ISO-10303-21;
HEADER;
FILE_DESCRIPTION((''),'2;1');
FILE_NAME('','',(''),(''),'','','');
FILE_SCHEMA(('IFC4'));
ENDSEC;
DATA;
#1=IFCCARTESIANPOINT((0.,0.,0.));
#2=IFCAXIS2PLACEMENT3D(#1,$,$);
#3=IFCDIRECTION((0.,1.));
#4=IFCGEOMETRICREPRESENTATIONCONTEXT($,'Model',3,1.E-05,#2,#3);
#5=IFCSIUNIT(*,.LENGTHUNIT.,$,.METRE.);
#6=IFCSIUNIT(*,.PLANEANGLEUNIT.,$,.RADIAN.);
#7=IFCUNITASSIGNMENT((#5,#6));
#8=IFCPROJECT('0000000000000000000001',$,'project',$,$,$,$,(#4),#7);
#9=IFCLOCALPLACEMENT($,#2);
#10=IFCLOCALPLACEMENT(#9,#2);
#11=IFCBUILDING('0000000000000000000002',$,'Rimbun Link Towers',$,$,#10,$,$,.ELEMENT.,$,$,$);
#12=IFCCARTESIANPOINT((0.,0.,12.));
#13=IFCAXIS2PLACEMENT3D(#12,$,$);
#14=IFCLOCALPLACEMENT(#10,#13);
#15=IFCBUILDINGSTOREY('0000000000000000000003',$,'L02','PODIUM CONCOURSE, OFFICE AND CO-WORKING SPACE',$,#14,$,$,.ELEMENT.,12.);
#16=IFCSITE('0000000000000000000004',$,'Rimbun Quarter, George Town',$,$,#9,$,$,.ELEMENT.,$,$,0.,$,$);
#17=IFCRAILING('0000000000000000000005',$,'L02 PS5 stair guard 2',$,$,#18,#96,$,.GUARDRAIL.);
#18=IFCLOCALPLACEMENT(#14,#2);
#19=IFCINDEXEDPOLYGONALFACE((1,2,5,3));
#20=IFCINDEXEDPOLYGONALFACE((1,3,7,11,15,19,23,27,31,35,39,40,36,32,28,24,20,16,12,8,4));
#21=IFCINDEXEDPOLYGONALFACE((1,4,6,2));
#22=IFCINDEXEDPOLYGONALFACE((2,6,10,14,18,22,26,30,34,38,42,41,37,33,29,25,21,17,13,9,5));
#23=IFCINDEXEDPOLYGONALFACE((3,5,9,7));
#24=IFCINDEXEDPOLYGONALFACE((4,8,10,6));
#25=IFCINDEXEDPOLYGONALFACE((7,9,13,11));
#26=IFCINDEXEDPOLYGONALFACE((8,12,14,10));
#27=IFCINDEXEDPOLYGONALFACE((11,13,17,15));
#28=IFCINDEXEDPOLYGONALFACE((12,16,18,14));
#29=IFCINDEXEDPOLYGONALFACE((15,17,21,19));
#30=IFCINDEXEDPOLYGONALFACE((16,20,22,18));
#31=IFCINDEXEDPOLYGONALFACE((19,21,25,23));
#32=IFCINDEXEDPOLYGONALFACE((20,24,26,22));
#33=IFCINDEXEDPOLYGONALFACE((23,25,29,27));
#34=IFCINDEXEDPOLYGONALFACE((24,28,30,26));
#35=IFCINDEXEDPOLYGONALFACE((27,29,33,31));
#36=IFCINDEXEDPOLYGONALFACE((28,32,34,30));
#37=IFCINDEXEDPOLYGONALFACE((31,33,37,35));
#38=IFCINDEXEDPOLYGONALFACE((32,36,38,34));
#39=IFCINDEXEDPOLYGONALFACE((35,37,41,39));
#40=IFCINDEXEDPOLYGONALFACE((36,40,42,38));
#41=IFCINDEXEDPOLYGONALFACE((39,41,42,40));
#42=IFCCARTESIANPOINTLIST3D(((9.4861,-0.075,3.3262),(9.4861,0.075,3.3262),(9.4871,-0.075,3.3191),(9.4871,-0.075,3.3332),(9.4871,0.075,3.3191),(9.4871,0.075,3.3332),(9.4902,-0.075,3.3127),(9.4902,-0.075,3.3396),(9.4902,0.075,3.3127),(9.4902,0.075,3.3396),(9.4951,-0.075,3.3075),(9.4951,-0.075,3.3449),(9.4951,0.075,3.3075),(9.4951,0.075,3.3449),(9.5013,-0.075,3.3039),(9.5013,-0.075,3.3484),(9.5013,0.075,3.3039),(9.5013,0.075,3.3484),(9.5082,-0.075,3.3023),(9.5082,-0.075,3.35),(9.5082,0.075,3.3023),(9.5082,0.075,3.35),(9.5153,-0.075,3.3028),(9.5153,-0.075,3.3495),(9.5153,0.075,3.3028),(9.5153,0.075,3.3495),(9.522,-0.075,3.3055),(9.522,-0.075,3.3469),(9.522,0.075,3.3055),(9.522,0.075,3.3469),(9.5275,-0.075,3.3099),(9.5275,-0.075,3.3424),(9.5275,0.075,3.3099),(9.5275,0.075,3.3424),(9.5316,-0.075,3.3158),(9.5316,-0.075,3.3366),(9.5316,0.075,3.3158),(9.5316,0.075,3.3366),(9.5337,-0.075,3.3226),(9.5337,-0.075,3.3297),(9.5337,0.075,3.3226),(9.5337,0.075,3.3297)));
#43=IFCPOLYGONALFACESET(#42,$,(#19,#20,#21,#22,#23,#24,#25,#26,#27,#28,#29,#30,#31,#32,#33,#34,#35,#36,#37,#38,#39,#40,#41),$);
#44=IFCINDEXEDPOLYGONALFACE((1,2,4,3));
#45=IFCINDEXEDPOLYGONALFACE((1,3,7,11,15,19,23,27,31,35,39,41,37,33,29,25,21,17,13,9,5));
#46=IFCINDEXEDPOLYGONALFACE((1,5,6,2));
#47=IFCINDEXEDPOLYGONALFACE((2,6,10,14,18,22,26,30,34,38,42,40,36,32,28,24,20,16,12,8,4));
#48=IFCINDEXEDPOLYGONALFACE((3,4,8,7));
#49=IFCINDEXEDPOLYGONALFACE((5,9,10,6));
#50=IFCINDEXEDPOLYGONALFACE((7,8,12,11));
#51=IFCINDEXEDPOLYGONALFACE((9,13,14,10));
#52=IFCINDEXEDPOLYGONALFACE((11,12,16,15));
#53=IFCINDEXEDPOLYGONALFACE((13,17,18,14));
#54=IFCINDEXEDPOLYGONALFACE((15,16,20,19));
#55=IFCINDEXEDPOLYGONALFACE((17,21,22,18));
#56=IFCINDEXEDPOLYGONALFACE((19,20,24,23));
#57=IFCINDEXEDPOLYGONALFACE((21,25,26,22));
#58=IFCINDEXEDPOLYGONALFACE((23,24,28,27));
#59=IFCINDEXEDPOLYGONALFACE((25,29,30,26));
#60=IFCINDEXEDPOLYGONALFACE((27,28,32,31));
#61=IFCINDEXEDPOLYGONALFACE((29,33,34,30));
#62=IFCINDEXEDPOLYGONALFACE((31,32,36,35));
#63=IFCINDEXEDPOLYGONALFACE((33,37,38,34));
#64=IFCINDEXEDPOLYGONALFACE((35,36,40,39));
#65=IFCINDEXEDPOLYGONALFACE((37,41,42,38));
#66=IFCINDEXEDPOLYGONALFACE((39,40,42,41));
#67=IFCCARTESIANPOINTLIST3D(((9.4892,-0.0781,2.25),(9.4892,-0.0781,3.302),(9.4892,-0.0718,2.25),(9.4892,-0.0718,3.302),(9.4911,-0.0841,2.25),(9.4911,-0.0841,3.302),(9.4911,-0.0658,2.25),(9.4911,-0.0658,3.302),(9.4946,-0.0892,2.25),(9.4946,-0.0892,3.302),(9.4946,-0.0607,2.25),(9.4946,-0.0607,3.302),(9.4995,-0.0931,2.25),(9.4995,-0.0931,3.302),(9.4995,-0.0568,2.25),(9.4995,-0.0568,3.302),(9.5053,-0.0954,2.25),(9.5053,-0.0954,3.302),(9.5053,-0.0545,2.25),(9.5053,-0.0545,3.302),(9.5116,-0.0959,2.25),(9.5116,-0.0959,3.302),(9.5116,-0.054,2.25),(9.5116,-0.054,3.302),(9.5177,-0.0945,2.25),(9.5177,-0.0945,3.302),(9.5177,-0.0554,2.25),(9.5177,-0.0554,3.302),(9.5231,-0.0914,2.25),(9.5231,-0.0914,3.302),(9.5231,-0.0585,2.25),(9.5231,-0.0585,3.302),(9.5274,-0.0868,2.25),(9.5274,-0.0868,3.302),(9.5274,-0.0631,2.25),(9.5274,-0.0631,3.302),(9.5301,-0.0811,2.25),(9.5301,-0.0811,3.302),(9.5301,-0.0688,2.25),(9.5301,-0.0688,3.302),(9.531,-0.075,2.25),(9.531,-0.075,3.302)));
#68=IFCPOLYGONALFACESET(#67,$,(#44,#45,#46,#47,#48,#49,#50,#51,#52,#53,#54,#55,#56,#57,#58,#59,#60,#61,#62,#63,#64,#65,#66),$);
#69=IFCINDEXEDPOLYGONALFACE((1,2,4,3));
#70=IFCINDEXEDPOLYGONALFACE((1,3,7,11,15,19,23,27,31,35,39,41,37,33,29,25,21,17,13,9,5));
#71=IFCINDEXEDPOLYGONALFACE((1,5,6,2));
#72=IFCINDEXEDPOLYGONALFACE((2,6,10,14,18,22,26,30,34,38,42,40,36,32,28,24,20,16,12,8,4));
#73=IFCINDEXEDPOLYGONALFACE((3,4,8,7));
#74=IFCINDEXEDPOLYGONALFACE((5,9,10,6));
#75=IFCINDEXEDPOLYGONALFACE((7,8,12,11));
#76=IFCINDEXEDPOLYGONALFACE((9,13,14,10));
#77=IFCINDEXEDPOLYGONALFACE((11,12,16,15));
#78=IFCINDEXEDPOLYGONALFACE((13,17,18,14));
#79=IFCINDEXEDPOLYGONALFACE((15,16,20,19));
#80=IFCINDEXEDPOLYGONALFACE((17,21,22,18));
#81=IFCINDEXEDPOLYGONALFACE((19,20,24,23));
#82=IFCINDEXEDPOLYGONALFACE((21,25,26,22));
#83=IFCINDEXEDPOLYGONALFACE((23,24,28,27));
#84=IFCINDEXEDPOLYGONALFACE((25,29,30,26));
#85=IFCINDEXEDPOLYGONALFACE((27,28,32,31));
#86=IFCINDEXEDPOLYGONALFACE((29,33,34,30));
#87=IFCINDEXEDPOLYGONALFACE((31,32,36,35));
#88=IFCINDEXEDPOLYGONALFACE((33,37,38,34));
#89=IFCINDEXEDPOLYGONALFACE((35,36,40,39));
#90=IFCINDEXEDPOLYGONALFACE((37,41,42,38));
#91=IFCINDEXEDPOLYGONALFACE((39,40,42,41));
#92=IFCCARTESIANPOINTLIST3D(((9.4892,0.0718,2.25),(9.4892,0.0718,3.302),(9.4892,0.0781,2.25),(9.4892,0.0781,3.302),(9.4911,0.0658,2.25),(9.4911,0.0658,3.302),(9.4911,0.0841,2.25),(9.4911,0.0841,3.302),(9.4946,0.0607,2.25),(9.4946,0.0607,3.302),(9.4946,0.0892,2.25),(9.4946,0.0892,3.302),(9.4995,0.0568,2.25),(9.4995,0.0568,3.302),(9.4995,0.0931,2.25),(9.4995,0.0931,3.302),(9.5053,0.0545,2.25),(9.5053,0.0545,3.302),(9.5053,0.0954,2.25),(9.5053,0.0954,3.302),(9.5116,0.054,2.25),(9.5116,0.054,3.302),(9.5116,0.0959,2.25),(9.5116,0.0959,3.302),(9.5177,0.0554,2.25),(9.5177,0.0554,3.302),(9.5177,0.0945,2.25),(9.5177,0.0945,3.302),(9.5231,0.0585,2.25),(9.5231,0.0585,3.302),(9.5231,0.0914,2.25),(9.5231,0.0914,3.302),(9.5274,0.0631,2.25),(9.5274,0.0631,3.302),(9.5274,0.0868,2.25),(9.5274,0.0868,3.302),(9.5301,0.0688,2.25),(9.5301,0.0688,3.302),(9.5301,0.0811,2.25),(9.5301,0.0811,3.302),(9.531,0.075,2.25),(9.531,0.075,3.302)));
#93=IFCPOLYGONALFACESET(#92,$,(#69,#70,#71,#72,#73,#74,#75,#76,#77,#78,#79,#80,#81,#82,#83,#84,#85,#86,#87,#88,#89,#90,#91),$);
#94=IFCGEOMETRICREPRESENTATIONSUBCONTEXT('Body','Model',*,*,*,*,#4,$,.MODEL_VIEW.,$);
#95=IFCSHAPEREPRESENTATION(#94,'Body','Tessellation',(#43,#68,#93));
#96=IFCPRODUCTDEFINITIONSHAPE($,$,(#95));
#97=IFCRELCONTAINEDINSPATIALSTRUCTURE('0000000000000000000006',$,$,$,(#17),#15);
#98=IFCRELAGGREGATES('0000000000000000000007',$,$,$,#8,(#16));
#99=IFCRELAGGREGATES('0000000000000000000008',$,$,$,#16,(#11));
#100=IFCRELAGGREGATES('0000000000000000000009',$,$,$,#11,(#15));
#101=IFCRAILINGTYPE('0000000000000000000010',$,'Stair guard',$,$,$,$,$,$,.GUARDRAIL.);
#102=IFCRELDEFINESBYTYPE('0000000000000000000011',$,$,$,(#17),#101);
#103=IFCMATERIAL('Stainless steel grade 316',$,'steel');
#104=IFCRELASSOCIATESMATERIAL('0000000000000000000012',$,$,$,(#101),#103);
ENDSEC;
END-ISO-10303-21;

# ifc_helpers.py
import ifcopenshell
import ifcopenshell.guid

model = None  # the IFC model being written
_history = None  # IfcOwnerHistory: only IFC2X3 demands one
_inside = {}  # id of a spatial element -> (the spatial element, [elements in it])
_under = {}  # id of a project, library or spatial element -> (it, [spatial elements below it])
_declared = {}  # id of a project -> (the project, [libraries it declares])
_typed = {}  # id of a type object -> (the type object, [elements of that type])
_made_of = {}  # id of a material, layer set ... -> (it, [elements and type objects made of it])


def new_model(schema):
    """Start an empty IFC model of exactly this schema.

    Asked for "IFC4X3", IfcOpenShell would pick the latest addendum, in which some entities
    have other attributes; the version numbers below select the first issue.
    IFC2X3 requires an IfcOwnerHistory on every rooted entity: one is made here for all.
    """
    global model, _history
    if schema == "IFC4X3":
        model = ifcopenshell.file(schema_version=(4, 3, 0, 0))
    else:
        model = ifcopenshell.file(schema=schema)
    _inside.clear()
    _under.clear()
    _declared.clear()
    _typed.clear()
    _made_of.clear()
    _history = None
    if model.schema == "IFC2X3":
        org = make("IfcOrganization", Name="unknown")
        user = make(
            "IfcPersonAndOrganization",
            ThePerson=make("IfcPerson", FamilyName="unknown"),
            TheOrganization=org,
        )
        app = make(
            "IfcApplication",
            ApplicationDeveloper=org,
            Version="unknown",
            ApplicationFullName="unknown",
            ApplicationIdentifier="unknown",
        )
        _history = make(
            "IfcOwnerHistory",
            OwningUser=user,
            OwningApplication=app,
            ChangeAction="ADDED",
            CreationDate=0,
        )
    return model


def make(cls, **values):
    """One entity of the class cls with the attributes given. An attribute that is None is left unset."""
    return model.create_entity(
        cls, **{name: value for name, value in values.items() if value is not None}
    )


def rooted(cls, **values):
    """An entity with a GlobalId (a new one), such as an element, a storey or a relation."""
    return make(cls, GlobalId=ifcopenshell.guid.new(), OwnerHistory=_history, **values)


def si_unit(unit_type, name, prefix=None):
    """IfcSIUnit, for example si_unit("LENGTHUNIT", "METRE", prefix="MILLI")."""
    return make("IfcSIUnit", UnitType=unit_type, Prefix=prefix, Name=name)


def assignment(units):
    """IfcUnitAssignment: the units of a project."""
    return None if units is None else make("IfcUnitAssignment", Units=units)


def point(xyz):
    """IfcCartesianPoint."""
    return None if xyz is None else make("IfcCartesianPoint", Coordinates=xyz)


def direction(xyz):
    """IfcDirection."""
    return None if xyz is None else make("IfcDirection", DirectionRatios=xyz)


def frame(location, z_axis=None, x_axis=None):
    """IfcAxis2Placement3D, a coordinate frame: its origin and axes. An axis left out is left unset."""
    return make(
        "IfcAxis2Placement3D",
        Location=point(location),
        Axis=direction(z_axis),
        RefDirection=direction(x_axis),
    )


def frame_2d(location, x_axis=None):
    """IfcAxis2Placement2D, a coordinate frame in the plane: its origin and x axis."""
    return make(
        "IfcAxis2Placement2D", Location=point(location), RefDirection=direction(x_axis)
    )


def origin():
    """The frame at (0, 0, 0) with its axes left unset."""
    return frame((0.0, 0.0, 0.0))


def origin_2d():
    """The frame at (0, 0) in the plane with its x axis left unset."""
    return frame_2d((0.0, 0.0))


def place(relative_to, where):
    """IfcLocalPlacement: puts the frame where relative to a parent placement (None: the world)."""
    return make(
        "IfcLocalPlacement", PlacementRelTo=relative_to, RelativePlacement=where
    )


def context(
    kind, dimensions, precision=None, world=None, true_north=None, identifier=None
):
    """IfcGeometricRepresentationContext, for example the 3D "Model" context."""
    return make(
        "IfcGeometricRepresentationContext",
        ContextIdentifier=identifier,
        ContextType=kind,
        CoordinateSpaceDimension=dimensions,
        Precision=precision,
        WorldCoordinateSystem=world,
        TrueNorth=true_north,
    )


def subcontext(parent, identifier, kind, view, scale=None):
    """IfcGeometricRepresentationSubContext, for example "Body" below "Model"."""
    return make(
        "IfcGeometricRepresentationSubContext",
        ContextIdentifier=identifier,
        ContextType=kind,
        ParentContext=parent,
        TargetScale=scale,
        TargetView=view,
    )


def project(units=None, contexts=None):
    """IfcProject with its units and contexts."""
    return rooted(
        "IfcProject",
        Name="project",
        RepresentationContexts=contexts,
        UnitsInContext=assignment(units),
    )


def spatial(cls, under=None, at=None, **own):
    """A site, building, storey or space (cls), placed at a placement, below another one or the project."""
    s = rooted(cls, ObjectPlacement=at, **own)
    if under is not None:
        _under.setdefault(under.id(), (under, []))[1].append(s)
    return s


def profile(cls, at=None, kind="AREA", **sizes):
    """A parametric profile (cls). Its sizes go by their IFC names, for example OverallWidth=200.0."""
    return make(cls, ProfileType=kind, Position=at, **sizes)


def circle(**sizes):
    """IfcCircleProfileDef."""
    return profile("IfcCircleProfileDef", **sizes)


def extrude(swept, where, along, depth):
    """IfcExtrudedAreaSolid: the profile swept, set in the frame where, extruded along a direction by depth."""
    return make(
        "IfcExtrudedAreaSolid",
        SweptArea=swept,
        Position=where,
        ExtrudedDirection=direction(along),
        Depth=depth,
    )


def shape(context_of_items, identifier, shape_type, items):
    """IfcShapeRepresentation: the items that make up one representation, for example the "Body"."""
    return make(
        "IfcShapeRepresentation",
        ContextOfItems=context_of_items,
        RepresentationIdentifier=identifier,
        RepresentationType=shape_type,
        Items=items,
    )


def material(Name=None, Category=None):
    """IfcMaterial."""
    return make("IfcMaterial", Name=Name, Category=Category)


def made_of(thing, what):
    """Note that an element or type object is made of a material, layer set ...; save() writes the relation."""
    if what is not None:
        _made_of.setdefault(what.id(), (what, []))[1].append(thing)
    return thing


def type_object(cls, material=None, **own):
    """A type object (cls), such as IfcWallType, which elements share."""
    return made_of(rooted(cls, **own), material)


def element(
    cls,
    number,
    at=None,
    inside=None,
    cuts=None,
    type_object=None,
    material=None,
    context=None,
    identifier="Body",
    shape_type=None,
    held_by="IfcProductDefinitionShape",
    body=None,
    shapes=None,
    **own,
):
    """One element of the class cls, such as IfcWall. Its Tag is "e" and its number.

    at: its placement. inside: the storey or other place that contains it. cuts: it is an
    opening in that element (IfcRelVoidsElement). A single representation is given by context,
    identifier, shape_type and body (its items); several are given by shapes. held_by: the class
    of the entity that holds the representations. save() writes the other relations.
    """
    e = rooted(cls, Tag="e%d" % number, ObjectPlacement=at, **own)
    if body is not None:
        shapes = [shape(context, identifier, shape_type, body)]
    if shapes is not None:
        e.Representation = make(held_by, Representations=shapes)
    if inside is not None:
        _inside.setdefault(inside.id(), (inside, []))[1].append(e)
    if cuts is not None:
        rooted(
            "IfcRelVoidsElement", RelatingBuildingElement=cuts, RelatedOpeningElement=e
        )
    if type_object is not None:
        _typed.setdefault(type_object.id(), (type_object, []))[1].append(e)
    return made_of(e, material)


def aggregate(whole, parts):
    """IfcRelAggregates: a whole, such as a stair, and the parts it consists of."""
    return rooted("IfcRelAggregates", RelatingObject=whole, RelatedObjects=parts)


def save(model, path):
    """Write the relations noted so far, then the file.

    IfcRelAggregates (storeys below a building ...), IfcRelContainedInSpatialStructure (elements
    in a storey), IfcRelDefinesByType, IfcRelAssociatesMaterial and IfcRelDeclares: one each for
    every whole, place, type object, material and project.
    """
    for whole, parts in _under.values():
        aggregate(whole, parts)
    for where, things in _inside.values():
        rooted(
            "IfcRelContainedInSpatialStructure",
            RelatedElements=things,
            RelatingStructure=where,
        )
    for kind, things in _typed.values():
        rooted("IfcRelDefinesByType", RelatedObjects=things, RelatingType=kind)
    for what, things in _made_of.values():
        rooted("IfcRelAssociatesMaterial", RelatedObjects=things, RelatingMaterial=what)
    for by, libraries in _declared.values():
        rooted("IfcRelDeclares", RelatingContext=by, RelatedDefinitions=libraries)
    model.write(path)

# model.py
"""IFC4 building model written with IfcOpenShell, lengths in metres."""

from ifc_helpers import new_model, si_unit, direction, frame, origin, origin_2d, place, context, subcontext, project, spatial, circle, extrude, material, type_object, element, save


model = new_model("IFC4")

# Units and contexts
model_context = context("Model", 3, precision=1e-05, world=origin(), true_north=direction((0.0, 1.0)))
body_context = subcontext(model_context, "Body", "Model", "MODEL_VIEW")
ifc_project = project(units=[si_unit("LENGTHUNIT", "METRE"), si_unit("PLANEANGLEUNIT", "RADIAN")], contexts=[model_context])

# Site, building, storey
site_placement = place(None, origin())
site = spatial("IfcSite", under=ifc_project, at=site_placement, Name="Rimbun Quarter, George Town", CompositionType="ELEMENT", RefElevation=0.0)
building_placement = place(site_placement, origin())
building = spatial("IfcBuilding", under=site, at=building_placement, Name="Rimbun Link Towers", CompositionType="ELEMENT")
storey_placement = place(building_placement, frame((0.0, 0.0, 12.0)))
storey = spatial("IfcBuildingStorey", under=building, at=storey_placement, Name="L02", Description="PODIUM CONCOURSE, OFFICE AND CO-WORKING SPACE", CompositionType="ELEMENT", Elevation=12.0)

# Railing
ifc_material_1 = material(Name="Stainless steel grade 316", Category="steel")
railing_type_1 = type_object("IfcRailingType", Name="Stair guard", PredefinedType="GUARDRAIL", material=ifc_material_1)
railing_1_placement = place(storey_placement, frame((9.51, -0.075, 2.25)))
element("IfcRailing", 1, at=railing_1_placement, inside=storey, type_object=railing_type_1, Name="L02 PS5 stair guard 2", PredefinedType="GUARDRAIL", context=body_context, shape_type="SweptSolid", body=[
    extrude(circle(Radius=0.0239, at=origin_2d()), frame((0.0, 0.0, 1.0762), z_axis=(0.0, 1.0, 0.0), x_axis=(-1.0, 0.0, 0.0)), (0.0, 0.0, 1.0), 0.1499),
    extrude(circle(Radius=0.021, at=origin_2d()), origin(), (0.0, 0.0, 1.0), 1.052),
    extrude(circle(Radius=0.021, at=origin_2d()), frame((0.0, 0.1499, 0.0)), (0.0, 0.0, 1.0), 1.052),
])

save(model, "model.ifc")
